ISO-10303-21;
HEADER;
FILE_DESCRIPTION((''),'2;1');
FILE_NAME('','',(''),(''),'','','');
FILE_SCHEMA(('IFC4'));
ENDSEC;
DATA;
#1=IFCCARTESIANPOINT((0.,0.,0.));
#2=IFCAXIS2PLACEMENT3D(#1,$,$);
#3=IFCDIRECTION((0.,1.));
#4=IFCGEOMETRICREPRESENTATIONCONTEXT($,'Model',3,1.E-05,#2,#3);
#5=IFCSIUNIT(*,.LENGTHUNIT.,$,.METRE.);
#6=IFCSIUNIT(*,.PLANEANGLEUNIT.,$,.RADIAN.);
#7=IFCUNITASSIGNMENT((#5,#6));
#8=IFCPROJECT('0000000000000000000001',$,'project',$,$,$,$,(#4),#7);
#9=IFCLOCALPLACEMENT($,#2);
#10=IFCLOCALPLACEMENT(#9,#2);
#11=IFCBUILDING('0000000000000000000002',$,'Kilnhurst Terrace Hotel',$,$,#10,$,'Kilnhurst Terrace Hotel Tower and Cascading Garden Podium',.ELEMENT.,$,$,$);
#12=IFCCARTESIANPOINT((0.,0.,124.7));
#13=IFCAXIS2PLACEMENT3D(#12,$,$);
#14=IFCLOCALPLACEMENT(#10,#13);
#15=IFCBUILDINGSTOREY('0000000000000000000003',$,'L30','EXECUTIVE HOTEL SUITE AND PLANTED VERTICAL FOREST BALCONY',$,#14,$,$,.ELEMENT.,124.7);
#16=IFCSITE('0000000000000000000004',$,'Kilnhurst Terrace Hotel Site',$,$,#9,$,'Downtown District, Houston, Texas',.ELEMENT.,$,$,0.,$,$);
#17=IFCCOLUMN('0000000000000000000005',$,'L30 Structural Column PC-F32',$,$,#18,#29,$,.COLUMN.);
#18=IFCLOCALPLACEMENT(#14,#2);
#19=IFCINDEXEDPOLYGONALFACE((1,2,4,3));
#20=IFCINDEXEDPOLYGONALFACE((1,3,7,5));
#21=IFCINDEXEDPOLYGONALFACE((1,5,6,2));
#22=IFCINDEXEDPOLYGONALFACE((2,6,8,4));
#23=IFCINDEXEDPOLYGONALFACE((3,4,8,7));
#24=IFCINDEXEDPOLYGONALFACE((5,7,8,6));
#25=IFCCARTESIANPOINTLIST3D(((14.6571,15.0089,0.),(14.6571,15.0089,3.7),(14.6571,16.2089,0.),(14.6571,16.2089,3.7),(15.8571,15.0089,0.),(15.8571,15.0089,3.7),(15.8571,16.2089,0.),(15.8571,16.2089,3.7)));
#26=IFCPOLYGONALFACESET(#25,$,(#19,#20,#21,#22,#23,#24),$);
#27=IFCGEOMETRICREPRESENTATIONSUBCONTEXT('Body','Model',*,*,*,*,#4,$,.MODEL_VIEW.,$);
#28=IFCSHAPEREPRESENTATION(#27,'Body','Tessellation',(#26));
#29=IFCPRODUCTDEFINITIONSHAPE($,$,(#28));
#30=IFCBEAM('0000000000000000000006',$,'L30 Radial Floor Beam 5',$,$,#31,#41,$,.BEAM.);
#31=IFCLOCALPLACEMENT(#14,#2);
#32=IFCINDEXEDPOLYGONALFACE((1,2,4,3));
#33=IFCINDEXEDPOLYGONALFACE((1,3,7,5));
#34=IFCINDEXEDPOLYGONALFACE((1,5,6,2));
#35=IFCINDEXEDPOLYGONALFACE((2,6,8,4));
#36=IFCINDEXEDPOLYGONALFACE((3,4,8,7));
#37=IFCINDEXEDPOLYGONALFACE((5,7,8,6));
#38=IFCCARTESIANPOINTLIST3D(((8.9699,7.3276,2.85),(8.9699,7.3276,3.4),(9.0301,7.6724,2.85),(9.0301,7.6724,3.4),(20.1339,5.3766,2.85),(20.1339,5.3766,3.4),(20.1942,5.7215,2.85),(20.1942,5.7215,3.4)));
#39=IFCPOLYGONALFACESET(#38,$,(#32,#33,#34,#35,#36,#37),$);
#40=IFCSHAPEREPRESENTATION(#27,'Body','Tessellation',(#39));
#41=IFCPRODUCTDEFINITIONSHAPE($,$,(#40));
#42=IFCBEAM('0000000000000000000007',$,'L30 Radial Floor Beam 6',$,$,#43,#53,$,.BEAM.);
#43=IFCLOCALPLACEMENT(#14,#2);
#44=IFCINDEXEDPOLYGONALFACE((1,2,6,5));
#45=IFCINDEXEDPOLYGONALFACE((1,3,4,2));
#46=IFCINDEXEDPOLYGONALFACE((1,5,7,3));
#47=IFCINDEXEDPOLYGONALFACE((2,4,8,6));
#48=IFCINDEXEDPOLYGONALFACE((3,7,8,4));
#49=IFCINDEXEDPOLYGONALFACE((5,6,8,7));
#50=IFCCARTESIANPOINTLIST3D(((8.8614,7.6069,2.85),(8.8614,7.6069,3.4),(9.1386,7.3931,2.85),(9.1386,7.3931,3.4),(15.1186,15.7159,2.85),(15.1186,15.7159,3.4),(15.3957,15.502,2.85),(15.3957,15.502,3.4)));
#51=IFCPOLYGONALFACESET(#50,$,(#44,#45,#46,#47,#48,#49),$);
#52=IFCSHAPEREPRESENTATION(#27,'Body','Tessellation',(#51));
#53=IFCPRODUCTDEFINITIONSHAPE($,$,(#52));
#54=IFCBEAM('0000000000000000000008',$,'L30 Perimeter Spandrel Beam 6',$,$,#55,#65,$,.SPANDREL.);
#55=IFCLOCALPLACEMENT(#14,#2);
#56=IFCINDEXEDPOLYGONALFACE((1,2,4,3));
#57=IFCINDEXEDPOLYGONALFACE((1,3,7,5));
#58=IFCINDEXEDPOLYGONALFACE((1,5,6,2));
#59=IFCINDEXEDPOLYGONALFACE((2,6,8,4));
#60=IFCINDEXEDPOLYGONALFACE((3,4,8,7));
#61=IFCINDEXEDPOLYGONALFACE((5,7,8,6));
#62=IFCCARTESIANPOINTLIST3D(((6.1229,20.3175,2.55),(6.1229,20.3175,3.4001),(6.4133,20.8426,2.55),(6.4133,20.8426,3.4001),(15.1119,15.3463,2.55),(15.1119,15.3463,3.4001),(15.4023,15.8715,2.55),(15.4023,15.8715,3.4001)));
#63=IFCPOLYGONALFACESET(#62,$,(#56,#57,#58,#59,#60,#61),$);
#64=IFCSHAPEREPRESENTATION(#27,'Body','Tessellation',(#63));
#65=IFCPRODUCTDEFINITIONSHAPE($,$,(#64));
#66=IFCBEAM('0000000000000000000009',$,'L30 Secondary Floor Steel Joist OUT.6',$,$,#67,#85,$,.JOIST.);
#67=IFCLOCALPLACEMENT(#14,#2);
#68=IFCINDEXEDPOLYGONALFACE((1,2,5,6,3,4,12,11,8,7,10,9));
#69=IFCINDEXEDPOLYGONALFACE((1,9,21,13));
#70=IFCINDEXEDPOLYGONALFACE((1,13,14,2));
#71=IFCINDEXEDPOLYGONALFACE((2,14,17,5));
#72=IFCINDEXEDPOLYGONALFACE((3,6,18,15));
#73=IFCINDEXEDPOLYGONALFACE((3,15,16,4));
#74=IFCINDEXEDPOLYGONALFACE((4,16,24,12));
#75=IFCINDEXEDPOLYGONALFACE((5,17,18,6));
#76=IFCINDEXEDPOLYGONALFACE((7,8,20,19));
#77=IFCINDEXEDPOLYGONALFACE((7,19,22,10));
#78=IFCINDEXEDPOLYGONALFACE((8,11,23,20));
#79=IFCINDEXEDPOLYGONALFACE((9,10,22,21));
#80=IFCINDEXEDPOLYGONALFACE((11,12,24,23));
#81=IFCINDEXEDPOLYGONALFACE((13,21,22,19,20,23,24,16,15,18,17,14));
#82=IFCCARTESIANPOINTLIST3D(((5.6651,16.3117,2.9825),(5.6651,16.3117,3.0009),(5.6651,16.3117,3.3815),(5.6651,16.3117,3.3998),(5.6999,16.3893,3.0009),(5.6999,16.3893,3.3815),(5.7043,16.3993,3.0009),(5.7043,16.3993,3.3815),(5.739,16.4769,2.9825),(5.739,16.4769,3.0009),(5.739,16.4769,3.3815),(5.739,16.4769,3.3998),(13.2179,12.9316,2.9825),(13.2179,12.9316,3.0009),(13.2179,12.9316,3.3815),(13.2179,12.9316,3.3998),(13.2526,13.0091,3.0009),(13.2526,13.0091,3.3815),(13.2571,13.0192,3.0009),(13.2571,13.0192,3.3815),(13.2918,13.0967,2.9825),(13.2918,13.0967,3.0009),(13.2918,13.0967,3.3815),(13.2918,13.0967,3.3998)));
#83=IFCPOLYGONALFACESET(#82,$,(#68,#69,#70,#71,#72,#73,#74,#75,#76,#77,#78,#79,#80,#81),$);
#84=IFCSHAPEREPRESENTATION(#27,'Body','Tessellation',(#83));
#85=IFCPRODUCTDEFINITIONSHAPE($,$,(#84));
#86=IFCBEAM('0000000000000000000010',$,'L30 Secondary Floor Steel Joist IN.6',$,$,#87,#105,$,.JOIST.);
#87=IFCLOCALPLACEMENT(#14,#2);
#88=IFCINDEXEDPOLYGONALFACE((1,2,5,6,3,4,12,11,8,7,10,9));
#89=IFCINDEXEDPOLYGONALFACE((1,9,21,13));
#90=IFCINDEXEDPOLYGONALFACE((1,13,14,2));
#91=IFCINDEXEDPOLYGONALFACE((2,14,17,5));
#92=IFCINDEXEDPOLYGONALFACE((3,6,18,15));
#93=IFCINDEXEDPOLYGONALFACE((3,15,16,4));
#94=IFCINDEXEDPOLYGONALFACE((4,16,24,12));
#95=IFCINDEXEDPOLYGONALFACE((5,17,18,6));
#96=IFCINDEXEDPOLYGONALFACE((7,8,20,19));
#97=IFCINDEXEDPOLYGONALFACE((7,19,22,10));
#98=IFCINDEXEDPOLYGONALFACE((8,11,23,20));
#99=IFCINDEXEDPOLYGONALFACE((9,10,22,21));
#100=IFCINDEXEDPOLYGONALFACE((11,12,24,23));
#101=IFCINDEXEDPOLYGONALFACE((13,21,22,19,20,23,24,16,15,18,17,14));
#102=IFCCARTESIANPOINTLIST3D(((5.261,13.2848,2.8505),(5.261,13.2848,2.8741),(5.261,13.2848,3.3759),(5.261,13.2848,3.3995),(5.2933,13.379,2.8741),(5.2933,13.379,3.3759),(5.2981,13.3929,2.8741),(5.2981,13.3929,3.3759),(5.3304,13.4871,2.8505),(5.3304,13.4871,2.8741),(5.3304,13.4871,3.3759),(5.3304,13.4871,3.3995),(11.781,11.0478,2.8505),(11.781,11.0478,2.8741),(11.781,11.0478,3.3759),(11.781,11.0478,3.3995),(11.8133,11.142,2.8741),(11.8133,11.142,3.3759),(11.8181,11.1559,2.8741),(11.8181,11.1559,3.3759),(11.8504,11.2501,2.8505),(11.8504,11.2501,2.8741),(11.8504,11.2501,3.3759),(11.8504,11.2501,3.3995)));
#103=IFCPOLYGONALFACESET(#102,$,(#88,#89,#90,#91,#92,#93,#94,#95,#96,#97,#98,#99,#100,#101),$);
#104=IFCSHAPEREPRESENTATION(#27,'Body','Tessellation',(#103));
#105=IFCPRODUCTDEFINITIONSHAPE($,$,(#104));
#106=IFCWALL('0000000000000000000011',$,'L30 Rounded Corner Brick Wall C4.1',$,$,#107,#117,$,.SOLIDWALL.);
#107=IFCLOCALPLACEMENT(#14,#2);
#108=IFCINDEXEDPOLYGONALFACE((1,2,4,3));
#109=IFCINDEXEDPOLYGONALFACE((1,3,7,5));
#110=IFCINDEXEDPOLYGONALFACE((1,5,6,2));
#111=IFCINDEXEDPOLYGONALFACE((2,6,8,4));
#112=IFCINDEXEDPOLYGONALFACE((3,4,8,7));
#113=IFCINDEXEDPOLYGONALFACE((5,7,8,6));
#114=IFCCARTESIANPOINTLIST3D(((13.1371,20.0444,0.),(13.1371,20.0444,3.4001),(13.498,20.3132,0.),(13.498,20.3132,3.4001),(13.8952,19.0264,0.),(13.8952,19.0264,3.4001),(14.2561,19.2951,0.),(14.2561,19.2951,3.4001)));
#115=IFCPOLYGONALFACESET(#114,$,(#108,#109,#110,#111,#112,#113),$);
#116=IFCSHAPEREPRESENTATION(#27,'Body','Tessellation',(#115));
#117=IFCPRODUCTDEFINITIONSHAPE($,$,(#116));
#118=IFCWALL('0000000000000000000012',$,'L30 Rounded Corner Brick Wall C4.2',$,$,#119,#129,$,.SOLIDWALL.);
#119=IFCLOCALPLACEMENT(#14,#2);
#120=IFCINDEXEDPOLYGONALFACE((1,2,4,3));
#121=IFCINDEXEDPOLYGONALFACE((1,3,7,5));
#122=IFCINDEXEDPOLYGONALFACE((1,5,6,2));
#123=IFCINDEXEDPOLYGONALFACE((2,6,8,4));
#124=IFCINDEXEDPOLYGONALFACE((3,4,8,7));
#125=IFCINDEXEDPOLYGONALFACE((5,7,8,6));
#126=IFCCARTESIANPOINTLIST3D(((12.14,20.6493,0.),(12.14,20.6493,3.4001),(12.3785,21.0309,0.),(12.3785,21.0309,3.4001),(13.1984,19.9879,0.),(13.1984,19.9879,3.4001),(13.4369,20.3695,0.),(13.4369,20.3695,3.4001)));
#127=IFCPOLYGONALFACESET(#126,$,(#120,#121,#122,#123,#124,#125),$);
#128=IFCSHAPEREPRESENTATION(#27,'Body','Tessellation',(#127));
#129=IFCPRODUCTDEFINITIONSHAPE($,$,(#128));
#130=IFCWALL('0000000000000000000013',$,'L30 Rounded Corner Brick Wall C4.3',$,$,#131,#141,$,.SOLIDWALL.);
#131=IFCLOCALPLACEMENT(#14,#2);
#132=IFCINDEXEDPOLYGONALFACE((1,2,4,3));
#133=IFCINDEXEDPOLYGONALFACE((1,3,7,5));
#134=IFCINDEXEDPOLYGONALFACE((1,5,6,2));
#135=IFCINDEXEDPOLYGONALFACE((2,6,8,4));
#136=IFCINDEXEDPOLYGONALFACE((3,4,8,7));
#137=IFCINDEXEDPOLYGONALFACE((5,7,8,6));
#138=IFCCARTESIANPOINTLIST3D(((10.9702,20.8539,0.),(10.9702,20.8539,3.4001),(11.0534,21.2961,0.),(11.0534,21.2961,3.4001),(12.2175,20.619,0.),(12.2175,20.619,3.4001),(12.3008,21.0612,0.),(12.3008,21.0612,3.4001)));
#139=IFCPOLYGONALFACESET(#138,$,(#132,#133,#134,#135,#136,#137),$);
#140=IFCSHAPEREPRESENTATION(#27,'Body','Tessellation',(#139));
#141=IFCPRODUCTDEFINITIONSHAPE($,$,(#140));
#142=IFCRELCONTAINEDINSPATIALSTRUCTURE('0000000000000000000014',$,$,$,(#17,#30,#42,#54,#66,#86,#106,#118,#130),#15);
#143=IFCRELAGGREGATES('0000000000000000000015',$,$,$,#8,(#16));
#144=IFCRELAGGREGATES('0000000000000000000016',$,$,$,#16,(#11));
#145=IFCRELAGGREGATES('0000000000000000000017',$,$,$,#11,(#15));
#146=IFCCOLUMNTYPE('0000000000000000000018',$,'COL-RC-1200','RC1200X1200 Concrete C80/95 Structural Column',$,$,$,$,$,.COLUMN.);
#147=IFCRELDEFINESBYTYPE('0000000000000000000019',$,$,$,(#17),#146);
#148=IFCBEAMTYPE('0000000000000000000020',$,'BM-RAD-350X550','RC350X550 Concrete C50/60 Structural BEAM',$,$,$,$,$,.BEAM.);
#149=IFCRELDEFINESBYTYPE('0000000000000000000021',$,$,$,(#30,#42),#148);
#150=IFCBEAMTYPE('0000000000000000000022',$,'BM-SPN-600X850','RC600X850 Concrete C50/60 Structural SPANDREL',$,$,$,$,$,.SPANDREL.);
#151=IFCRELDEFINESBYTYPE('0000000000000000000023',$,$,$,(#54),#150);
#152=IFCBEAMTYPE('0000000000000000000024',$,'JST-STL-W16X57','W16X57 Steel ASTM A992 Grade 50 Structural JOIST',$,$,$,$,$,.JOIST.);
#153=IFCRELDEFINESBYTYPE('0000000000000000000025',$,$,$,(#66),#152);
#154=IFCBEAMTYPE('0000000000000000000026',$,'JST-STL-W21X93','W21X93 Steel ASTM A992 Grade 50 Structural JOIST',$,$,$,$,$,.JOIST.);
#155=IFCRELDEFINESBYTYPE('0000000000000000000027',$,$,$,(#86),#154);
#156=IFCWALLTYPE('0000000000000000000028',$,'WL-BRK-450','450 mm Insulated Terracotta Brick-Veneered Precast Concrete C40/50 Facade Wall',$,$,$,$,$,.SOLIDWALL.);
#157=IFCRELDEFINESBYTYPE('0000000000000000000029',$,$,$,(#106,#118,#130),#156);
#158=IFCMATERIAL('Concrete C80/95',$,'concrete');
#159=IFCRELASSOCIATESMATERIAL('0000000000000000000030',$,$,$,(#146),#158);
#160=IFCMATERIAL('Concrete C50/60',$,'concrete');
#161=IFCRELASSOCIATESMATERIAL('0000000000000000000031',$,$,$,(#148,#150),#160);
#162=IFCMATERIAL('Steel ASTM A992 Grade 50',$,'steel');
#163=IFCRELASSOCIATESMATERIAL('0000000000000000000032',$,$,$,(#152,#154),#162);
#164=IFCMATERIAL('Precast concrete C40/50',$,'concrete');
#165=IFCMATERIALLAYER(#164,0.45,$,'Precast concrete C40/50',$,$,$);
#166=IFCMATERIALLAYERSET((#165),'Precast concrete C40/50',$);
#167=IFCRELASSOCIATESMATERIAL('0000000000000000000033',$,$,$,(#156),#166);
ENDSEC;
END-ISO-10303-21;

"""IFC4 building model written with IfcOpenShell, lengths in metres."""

from ifc_helpers import new_model, si_unit, direction, frame, frame_2d, origin, origin_2d, place, context, subcontext, project, spatial, rectangle, i_section, extrude, material, layer, layer_set, material_profile, profile_set, type_object, element, save


model = new_model("IFC4")

# Units and contexts
model_context = context("Model", 3, precision=1e-05, world=origin(), true_north=direction((0.0, 1.0)))
body_context = subcontext(model_context, "Body", "Model", "MODEL_VIEW")
ifc_project = project(units=[si_unit("LENGTHUNIT", "METRE"), si_unit("PLANEANGLEUNIT", "RADIAN")], contexts=[model_context])

# Site, building, storey
site_placement = place(None, origin())
site = spatial("IfcSite", under=ifc_project, at=site_placement, Name="Kilnhurst Terrace Hotel Site", LongName="Downtown District, Houston, Texas", CompositionType="ELEMENT", RefElevation=0.0)
building_placement = place(site_placement, origin())
building = spatial("IfcBuilding", under=site, at=building_placement, Name="Kilnhurst Terrace Hotel", LongName="Kilnhurst Terrace Hotel Tower and Cascading Garden Podium", CompositionType="ELEMENT")
storey_placement = place(building_placement, frame((0.0, 0.0, 124.7)))
storey = spatial("IfcBuildingStorey", under=building, at=storey_placement, Name="L30", Description="EXECUTIVE HOTEL SUITE AND PLANTED VERTICAL FOREST BALCONY", CompositionType="ELEMENT", Elevation=124.7)

# Column
ifc_material_1 = material(Name="Concrete C80/95", Category="concrete")
ifc_material_profile_1 = material_profile(ifc_material_1, rectangle(XDim=1.2, YDim=1.2, at=origin_2d()), Name="RC1200X1200")
ifc_profile_set_1 = profile_set([ifc_material_profile_1], Name="Concrete C80/95")
column_type = type_object("IfcColumnType", Name="COL-RC-1200", Description="RC1200X1200 Concrete C80/95 Structural Column", PredefinedType="COLUMN", material=ifc_profile_set_1)
column_placement = place(storey_placement, frame((15.2571, 15.6089, 0.0), z_axis=(0.0, 0.0, 1.0), x_axis=(1.0, 0.0, 0.0)))
element("IfcColumn", 1, at=column_placement, inside=storey, type_object=column_type, Name="L30 Structural Column PC-F32", PredefinedType="COLUMN", context=body_context, shape_type="SweptSolid", body=[
    extrude(rectangle(XDim=1.2, YDim=1.2, at=origin_2d()), origin(), (0.0, 0.0, 1.0), 3.7),
])

# Beams
ifc_material_2 = material(Name="Concrete C50/60", Category="concrete")
ifc_material_profile_2 = material_profile(ifc_material_2, rectangle(XDim=0.3501, YDim=0.55, at=origin_2d()), Name="RC350X550")
ifc_profile_set_2 = profile_set([ifc_material_profile_2], Name="Concrete C50/60")
beam_type_1 = type_object("IfcBeamType", Name="BM-RAD-350X550", Description="RC350X550 Concrete C50/60 Structural BEAM", PredefinedType="BEAM", material=ifc_profile_set_2)
beam_1_placement = place(storey_placement, frame((9.0, 7.5, 3.125), z_axis=(0.985072, -0.172142, 0.0), x_axis=(0.172142, 0.985072, 0.0)))
element("IfcBeam", 2, at=beam_1_placement, inside=storey, type_object=beam_type_1, Name="L30 Radial Floor Beam 5", PredefinedType="BEAM", context=body_context, shape_type="SweptSolid", body=[
    extrude(rectangle(XDim=0.3501, YDim=0.55, at=origin_2d()), origin(), (0.0, 0.0, 1.0), 11.3333),
])
beam_2_placement = place(storey_placement, frame((9.0, 7.5, 3.125), z_axis=(0.610905, 0.791704, 0.0), x_axis=(-0.791704, 0.610905, 0.0)))
element("IfcBeam", 3, at=beam_2_placement, inside=storey, type_object=beam_type_1, Name="L30 Radial Floor Beam 6", PredefinedType="BEAM", context=body_context, shape_type="SweptSolid", body=[
    extrude(rectangle(XDim=0.3501, YDim=0.55, at=origin_2d()), origin(), (0.0, 0.0, 1.0), 10.2424),
])
ifc_material_profile_3 = material_profile(ifc_material_2, rectangle(XDim=0.6001, YDim=0.8501, at=origin_2d()), Name="RC600X850")
ifc_profile_set_3 = profile_set([ifc_material_profile_3], Name="Concrete C50/60")
beam_type_2 = type_object("IfcBeamType", Name="BM-SPN-600X850", Description="RC600X850 Concrete C50/60 Structural SPANDREL", PredefinedType="SPANDREL", material=ifc_profile_set_3)
beam_3_placement = place(storey_placement, frame((15.2571, 15.6089, 2.9751), z_axis=(-0.875094, 0.483953, 0.0), x_axis=(-0.483953, -0.875094, 0.0)))
element("IfcBeam", 4, at=beam_3_placement, inside=storey, type_object=beam_type_2, Name="L30 Perimeter Spandrel Beam 6", PredefinedType="SPANDREL", context=body_context, shape_type="SweptSolid", body=[
    extrude(rectangle(XDim=0.6001, YDim=0.8501, at=origin_2d()), origin(), (0.0, 0.0, 1.0), 10.272),
])
ifc_material_3 = material(Name="Steel ASTM A992 Grade 50", Category="steel")
ifc_material_profile_4 = material_profile(ifc_material_3, i_section(OverallWidth=0.1809, OverallDepth=0.4172, WebThickness=0.011, FlangeThickness=0.0183, at=origin_2d()), Name="W16X57")
ifc_profile_set_4 = profile_set([ifc_material_profile_4], Name="Steel ASTM A992 Grade 50")
beam_type_3 = type_object("IfcBeamType", Name="JST-STL-W16X57", Description="W16X57 Steel ASTM A992 Grade 50 Structural JOIST", PredefinedType="JOIST", material=ifc_profile_set_4)
beam_4_placement = place(storey_placement, frame((13.2549, 13.0142, 3.1912), z_axis=(-0.912761, 0.408494, 0.0), x_axis=(-0.408494, -0.912761, 0.0)))
element("IfcBeam", 5, at=beam_4_placement, inside=storey, type_object=beam_type_3, Name="L30 Secondary Floor Steel Joist OUT.6", PredefinedType="JOIST", context=body_context, shape_type="SweptSolid", body=[
    extrude(i_section(OverallWidth=0.1809, OverallDepth=0.4172, WebThickness=0.011, FlangeThickness=0.0183, at=origin_2d()), origin(), (0.0, 0.0, 1.0), 8.2747),
])
ifc_material_profile_5 = material_profile(ifc_material_3, i_section(OverallWidth=0.2139, OverallDepth=0.5491, WebThickness=0.0146, FlangeThickness=0.0237, at=origin_2d()), Name="W21X93")
ifc_profile_set_5 = profile_set([ifc_material_profile_5], Name="Steel ASTM A992 Grade 50")
beam_type_4 = type_object("IfcBeamType", Name="JST-STL-W21X93", Description="W21X93 Steel ASTM A992 Grade 50 Structural JOIST", PredefinedType="JOIST", material=ifc_profile_set_5)
beam_5_placement = place(storey_placement, frame((11.8157, 11.1489, 3.125), z_axis=(-0.945874, 0.324535, 0.0), x_axis=(-0.324535, -0.945874, 0.0)))
element("IfcBeam", 6, at=beam_5_placement, inside=storey, type_object=beam_type_4, Name="L30 Secondary Floor Steel Joist IN.6", PredefinedType="JOIST", context=body_context, shape_type="SweptSolid", body=[
    extrude(i_section(OverallWidth=0.2139, OverallDepth=0.5491, WebThickness=0.0146, FlangeThickness=0.0237, at=origin_2d()), origin(), (0.0, 0.0, 1.0), 6.8931),
])

# Walls
ifc_material_4 = material(Name="Precast concrete C40/50", Category="concrete")
ifc_layer_1 = layer(ifc_material_4, 0.45, Name="Precast concrete C40/50")
ifc_layer_set_1 = layer_set([ifc_layer_1], Name="Precast concrete C40/50")
wall_type_1 = type_object("IfcWallType", Name="WL-BRK-450", Description="450 mm Insulated Terracotta Brick-Veneered Precast Concrete C40/50 Facade Wall", PredefinedType="SOLIDWALL", material=ifc_layer_set_1)
wall_1_placement = place(storey_placement, frame((14.0757, 19.1606, 0.0), z_axis=(0.0, 0.0, 1.0), x_axis=(-0.597227, 0.802073, 0.0)))
element("IfcWall", 7, at=wall_1_placement, inside=storey, type_object=wall_type_1, Name="L30 Rounded Corner Brick Wall C4.1", PredefinedType="SOLIDWALL", context=body_context, shape_type="SweptSolid", body=[
    extrude(rectangle(XDim=1.2693, YDim=0.45, at=frame_2d((0.6348, 0.0))), origin(), (0.0, 0.0, 1.0), 3.4001),
])
wall_2_placement = place(storey_placement, frame((13.3176, 20.1787, 0.0), z_axis=(0.0, 0.0, 1.0), x_axis=(-0.848031, 0.529946, 0.0)))
element("IfcWall", 8, at=wall_2_placement, inside=storey, type_object=wall_type_1, Name="L30 Rounded Corner Brick Wall C4.2", PredefinedType="SOLIDWALL", context=body_context, shape_type="SweptSolid", body=[
    extrude(rectangle(XDim=1.248, YDim=0.45, at=frame_2d((0.624, 0.0))), origin(), (0.0, 0.0, 1.0), 3.4001),
])
wall_3_placement = place(storey_placement, frame((12.2593, 20.8401, 0.0), z_axis=(0.0, 0.0, 1.0), x_axis=(-0.98273, 0.185043, 0.0)))
element("IfcWall", 9, at=wall_3_placement, inside=storey, type_object=wall_type_1, Name="L30 Rounded Corner Brick Wall C4.3", PredefinedType="SOLIDWALL", context=body_context, shape_type="SweptSolid", body=[
    extrude(rectangle(XDim=1.2693, YDim=0.45, at=frame_2d((0.6348, 0.0))), origin(), (0.0, 0.0, 1.0), 3.4001),
])

save(model, "model.ifc")
